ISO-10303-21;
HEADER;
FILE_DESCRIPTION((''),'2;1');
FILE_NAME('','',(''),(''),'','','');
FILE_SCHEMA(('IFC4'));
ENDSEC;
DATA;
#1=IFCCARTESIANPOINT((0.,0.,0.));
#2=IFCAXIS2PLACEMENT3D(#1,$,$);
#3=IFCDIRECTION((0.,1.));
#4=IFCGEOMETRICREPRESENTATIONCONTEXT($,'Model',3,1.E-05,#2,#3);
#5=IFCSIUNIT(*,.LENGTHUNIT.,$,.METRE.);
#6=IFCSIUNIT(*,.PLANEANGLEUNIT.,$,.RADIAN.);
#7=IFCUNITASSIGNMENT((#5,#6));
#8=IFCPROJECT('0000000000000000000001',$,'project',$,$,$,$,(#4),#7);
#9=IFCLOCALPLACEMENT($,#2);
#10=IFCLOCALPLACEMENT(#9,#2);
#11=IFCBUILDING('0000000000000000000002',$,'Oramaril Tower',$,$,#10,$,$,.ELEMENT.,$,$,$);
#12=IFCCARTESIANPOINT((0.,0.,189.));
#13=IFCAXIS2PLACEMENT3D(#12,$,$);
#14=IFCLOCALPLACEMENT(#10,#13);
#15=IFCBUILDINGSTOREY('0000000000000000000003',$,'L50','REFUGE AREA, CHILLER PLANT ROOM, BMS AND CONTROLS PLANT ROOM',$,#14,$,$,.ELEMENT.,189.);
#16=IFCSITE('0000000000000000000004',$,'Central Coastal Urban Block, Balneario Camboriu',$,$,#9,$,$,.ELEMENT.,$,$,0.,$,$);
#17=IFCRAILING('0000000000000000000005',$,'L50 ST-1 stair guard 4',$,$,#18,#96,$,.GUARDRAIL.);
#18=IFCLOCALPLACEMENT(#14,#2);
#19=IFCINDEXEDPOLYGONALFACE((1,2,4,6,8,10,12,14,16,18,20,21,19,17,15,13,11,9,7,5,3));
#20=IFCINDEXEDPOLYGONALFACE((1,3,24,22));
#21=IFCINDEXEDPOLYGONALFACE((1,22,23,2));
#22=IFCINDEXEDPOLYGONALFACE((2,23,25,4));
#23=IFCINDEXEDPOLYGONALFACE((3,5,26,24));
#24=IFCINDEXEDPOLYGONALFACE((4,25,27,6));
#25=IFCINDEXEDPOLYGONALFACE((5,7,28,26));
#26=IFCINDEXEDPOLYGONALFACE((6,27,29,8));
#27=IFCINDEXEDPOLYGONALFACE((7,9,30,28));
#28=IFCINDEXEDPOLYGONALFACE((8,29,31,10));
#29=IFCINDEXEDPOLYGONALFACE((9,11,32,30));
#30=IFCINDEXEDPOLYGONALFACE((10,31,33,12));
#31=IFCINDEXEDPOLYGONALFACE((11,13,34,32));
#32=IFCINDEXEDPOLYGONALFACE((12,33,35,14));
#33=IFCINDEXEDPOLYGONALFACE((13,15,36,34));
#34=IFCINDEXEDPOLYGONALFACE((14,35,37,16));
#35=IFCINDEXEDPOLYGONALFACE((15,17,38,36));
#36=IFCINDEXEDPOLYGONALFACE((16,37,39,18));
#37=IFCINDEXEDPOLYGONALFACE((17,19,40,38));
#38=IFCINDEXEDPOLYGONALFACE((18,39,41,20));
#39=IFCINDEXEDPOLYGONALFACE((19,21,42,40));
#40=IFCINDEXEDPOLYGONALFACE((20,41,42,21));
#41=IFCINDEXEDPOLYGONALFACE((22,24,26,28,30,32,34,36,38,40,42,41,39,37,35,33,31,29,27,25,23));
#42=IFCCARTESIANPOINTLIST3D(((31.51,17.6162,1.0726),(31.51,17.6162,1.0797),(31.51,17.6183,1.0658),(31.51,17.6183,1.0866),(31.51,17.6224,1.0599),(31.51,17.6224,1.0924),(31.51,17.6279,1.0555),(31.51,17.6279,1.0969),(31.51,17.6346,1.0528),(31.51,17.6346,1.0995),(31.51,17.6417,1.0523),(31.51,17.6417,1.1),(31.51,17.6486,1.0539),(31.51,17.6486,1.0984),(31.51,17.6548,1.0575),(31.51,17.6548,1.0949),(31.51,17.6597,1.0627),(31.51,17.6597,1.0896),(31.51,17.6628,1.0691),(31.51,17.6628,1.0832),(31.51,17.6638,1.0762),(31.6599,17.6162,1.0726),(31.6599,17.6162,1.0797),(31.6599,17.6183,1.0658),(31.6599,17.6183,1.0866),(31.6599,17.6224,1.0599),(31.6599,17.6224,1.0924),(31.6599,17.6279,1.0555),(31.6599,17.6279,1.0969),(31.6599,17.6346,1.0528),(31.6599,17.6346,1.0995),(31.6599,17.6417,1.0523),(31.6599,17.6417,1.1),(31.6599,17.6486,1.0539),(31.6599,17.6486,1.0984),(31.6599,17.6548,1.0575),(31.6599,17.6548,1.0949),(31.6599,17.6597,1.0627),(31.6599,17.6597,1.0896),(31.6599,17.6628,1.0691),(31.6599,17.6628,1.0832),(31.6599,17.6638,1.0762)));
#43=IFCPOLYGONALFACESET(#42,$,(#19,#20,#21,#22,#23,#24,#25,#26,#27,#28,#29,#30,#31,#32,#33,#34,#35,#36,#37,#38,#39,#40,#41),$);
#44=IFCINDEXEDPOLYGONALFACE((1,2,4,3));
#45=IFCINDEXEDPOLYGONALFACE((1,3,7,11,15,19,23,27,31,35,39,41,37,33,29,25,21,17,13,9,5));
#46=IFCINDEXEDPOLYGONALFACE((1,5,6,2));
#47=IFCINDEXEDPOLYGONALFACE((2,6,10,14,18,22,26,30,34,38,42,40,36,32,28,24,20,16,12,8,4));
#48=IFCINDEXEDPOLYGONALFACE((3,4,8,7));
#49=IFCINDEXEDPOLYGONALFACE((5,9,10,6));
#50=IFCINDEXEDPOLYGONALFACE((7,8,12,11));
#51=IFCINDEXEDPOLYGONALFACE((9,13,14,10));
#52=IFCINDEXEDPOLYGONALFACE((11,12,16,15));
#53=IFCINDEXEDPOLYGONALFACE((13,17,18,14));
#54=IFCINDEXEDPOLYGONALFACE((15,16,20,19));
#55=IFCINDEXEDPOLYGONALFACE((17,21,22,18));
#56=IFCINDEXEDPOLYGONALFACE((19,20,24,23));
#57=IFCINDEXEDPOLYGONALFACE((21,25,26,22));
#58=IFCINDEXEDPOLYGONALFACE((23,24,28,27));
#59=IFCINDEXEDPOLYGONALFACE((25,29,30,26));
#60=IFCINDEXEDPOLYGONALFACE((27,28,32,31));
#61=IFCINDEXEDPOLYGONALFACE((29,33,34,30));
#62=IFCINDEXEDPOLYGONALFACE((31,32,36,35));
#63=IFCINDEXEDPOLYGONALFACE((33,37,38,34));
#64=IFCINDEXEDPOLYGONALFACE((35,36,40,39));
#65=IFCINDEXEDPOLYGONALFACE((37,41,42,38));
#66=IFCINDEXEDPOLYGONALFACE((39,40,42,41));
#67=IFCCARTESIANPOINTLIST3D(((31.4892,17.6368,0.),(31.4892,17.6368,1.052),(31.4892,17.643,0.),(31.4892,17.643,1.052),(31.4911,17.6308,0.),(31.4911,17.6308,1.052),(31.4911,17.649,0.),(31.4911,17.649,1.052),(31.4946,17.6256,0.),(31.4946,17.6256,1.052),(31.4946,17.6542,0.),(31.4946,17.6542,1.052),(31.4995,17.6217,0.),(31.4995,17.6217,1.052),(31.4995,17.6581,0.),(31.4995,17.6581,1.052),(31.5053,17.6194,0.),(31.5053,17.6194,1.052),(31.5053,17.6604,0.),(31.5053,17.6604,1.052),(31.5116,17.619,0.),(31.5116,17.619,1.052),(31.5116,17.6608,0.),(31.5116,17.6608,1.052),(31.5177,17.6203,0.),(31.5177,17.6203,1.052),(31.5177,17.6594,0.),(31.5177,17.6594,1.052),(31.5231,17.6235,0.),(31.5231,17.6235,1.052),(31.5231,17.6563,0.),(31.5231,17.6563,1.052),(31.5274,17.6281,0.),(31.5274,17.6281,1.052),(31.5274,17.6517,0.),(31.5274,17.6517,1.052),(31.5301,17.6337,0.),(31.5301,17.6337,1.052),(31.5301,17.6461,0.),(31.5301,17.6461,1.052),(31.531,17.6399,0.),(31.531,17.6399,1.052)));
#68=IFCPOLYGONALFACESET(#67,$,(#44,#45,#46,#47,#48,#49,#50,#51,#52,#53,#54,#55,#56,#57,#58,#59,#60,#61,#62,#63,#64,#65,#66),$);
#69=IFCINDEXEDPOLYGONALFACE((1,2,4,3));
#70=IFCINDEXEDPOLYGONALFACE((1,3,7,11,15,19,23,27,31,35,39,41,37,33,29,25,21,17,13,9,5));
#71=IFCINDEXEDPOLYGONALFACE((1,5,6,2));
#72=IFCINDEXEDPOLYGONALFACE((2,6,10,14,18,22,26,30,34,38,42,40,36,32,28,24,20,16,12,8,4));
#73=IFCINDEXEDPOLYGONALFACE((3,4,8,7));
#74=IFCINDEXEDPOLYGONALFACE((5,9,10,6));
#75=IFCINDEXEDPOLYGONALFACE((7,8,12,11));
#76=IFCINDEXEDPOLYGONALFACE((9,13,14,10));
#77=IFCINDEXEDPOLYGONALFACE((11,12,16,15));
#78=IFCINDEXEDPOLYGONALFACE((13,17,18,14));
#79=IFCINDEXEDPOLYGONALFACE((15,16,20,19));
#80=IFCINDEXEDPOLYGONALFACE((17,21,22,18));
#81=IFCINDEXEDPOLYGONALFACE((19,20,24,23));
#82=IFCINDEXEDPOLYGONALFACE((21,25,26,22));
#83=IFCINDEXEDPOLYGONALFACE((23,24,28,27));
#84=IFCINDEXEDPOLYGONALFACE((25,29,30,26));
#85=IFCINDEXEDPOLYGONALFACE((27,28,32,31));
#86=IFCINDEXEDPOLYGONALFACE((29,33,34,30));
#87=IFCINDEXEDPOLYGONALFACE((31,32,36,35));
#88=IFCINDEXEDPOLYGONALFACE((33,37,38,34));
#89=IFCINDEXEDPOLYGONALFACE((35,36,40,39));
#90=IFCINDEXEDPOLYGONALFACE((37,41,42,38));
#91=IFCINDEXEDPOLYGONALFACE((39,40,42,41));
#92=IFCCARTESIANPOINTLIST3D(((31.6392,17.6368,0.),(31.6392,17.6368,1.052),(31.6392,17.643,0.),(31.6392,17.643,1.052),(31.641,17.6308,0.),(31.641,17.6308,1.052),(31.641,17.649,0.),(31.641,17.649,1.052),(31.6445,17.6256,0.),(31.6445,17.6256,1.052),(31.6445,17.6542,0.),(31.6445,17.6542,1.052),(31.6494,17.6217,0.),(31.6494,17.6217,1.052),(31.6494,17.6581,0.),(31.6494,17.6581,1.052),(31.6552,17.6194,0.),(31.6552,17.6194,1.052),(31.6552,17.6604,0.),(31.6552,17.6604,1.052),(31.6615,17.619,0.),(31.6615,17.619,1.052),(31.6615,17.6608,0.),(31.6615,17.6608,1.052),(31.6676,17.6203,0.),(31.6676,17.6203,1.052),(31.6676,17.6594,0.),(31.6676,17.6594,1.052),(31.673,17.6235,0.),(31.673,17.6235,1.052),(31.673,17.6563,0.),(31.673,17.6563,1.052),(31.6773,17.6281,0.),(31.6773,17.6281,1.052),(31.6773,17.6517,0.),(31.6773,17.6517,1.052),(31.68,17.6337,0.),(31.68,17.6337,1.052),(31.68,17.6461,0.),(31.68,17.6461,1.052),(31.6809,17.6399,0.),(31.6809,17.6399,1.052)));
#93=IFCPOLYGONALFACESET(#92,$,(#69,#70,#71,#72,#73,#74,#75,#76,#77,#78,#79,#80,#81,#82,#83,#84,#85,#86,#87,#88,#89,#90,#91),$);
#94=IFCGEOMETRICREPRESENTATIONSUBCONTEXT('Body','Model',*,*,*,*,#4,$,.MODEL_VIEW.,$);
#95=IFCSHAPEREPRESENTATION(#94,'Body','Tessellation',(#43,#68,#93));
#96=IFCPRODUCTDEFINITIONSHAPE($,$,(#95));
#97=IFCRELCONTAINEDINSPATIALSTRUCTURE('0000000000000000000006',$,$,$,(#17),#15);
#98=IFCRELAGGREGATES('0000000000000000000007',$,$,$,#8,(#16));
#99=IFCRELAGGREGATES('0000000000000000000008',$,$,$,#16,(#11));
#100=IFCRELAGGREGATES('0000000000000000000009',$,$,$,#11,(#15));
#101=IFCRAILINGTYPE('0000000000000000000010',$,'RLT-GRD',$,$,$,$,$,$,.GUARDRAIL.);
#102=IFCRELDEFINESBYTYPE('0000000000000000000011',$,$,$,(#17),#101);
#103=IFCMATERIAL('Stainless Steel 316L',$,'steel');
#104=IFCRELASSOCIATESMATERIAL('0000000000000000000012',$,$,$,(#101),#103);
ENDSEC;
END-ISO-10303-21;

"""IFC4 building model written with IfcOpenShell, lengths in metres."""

from ifc_helpers import new_model, si_unit, direction, frame, origin, origin_2d, place, context, subcontext, project, spatial, circle, extrude, material, type_object, element, save


model = new_model("IFC4")

# Units and contexts
model_context = context("Model", 3, precision=1e-05, world=origin(), true_north=direction((0.0, 1.0)))
body_context = subcontext(model_context, "Body", "Model", "MODEL_VIEW")
ifc_project = project(units=[si_unit("LENGTHUNIT", "METRE"), si_unit("PLANEANGLEUNIT", "RADIAN")], contexts=[model_context])

# Site, building, storey
site_placement = place(None, origin())
site = spatial("IfcSite", under=ifc_project, at=site_placement, Name="Central Coastal Urban Block, Balneario Camboriu", CompositionType="ELEMENT", RefElevation=0.0)
building_placement = place(site_placement, origin())
building = spatial("IfcBuilding", under=site, at=building_placement, Name="Oramaril Tower", CompositionType="ELEMENT")
storey_placement = place(building_placement, frame((0.0, 0.0, 189.0)))
storey = spatial("IfcBuildingStorey", under=building, at=storey_placement, Name="L50", Description="REFUGE AREA, CHILLER PLANT ROOM, BMS AND CONTROLS PLANT ROOM", CompositionType="ELEMENT", Elevation=189.0)

# Railing
ifc_material_1 = material(Name="Stainless Steel 316L", Category="steel")
railing_type_1 = type_object("IfcRailingType", Name="RLT-GRD", PredefinedType="GUARDRAIL", material=ifc_material_1)
railing_1_placement = place(storey_placement, frame((31.51, 17.6399, 0.0)))
element("IfcRailing", 1, at=railing_1_placement, inside=storey, type_object=railing_type_1, Name="L50 ST-1 stair guard 4", PredefinedType="GUARDRAIL", context=body_context, shape_type="SweptSolid", body=[
    extrude(circle(Radius=0.0239, at=origin_2d()), frame((0.0, 0.0, 1.0762), z_axis=(1.0, 0.0, 0.0), x_axis=(0.0, 1.0, 0.0)), (0.0, 0.0, 1.0), 0.1499),
    extrude(circle(Radius=0.021, at=origin_2d()), origin(), (0.0, 0.0, 1.0), 1.052),
    extrude(circle(Radius=0.021, at=origin_2d()), frame((0.1499, 0.0, 0.0)), (0.0, 0.0, 1.0), 1.052),
])

save(model, "model.ifc")
